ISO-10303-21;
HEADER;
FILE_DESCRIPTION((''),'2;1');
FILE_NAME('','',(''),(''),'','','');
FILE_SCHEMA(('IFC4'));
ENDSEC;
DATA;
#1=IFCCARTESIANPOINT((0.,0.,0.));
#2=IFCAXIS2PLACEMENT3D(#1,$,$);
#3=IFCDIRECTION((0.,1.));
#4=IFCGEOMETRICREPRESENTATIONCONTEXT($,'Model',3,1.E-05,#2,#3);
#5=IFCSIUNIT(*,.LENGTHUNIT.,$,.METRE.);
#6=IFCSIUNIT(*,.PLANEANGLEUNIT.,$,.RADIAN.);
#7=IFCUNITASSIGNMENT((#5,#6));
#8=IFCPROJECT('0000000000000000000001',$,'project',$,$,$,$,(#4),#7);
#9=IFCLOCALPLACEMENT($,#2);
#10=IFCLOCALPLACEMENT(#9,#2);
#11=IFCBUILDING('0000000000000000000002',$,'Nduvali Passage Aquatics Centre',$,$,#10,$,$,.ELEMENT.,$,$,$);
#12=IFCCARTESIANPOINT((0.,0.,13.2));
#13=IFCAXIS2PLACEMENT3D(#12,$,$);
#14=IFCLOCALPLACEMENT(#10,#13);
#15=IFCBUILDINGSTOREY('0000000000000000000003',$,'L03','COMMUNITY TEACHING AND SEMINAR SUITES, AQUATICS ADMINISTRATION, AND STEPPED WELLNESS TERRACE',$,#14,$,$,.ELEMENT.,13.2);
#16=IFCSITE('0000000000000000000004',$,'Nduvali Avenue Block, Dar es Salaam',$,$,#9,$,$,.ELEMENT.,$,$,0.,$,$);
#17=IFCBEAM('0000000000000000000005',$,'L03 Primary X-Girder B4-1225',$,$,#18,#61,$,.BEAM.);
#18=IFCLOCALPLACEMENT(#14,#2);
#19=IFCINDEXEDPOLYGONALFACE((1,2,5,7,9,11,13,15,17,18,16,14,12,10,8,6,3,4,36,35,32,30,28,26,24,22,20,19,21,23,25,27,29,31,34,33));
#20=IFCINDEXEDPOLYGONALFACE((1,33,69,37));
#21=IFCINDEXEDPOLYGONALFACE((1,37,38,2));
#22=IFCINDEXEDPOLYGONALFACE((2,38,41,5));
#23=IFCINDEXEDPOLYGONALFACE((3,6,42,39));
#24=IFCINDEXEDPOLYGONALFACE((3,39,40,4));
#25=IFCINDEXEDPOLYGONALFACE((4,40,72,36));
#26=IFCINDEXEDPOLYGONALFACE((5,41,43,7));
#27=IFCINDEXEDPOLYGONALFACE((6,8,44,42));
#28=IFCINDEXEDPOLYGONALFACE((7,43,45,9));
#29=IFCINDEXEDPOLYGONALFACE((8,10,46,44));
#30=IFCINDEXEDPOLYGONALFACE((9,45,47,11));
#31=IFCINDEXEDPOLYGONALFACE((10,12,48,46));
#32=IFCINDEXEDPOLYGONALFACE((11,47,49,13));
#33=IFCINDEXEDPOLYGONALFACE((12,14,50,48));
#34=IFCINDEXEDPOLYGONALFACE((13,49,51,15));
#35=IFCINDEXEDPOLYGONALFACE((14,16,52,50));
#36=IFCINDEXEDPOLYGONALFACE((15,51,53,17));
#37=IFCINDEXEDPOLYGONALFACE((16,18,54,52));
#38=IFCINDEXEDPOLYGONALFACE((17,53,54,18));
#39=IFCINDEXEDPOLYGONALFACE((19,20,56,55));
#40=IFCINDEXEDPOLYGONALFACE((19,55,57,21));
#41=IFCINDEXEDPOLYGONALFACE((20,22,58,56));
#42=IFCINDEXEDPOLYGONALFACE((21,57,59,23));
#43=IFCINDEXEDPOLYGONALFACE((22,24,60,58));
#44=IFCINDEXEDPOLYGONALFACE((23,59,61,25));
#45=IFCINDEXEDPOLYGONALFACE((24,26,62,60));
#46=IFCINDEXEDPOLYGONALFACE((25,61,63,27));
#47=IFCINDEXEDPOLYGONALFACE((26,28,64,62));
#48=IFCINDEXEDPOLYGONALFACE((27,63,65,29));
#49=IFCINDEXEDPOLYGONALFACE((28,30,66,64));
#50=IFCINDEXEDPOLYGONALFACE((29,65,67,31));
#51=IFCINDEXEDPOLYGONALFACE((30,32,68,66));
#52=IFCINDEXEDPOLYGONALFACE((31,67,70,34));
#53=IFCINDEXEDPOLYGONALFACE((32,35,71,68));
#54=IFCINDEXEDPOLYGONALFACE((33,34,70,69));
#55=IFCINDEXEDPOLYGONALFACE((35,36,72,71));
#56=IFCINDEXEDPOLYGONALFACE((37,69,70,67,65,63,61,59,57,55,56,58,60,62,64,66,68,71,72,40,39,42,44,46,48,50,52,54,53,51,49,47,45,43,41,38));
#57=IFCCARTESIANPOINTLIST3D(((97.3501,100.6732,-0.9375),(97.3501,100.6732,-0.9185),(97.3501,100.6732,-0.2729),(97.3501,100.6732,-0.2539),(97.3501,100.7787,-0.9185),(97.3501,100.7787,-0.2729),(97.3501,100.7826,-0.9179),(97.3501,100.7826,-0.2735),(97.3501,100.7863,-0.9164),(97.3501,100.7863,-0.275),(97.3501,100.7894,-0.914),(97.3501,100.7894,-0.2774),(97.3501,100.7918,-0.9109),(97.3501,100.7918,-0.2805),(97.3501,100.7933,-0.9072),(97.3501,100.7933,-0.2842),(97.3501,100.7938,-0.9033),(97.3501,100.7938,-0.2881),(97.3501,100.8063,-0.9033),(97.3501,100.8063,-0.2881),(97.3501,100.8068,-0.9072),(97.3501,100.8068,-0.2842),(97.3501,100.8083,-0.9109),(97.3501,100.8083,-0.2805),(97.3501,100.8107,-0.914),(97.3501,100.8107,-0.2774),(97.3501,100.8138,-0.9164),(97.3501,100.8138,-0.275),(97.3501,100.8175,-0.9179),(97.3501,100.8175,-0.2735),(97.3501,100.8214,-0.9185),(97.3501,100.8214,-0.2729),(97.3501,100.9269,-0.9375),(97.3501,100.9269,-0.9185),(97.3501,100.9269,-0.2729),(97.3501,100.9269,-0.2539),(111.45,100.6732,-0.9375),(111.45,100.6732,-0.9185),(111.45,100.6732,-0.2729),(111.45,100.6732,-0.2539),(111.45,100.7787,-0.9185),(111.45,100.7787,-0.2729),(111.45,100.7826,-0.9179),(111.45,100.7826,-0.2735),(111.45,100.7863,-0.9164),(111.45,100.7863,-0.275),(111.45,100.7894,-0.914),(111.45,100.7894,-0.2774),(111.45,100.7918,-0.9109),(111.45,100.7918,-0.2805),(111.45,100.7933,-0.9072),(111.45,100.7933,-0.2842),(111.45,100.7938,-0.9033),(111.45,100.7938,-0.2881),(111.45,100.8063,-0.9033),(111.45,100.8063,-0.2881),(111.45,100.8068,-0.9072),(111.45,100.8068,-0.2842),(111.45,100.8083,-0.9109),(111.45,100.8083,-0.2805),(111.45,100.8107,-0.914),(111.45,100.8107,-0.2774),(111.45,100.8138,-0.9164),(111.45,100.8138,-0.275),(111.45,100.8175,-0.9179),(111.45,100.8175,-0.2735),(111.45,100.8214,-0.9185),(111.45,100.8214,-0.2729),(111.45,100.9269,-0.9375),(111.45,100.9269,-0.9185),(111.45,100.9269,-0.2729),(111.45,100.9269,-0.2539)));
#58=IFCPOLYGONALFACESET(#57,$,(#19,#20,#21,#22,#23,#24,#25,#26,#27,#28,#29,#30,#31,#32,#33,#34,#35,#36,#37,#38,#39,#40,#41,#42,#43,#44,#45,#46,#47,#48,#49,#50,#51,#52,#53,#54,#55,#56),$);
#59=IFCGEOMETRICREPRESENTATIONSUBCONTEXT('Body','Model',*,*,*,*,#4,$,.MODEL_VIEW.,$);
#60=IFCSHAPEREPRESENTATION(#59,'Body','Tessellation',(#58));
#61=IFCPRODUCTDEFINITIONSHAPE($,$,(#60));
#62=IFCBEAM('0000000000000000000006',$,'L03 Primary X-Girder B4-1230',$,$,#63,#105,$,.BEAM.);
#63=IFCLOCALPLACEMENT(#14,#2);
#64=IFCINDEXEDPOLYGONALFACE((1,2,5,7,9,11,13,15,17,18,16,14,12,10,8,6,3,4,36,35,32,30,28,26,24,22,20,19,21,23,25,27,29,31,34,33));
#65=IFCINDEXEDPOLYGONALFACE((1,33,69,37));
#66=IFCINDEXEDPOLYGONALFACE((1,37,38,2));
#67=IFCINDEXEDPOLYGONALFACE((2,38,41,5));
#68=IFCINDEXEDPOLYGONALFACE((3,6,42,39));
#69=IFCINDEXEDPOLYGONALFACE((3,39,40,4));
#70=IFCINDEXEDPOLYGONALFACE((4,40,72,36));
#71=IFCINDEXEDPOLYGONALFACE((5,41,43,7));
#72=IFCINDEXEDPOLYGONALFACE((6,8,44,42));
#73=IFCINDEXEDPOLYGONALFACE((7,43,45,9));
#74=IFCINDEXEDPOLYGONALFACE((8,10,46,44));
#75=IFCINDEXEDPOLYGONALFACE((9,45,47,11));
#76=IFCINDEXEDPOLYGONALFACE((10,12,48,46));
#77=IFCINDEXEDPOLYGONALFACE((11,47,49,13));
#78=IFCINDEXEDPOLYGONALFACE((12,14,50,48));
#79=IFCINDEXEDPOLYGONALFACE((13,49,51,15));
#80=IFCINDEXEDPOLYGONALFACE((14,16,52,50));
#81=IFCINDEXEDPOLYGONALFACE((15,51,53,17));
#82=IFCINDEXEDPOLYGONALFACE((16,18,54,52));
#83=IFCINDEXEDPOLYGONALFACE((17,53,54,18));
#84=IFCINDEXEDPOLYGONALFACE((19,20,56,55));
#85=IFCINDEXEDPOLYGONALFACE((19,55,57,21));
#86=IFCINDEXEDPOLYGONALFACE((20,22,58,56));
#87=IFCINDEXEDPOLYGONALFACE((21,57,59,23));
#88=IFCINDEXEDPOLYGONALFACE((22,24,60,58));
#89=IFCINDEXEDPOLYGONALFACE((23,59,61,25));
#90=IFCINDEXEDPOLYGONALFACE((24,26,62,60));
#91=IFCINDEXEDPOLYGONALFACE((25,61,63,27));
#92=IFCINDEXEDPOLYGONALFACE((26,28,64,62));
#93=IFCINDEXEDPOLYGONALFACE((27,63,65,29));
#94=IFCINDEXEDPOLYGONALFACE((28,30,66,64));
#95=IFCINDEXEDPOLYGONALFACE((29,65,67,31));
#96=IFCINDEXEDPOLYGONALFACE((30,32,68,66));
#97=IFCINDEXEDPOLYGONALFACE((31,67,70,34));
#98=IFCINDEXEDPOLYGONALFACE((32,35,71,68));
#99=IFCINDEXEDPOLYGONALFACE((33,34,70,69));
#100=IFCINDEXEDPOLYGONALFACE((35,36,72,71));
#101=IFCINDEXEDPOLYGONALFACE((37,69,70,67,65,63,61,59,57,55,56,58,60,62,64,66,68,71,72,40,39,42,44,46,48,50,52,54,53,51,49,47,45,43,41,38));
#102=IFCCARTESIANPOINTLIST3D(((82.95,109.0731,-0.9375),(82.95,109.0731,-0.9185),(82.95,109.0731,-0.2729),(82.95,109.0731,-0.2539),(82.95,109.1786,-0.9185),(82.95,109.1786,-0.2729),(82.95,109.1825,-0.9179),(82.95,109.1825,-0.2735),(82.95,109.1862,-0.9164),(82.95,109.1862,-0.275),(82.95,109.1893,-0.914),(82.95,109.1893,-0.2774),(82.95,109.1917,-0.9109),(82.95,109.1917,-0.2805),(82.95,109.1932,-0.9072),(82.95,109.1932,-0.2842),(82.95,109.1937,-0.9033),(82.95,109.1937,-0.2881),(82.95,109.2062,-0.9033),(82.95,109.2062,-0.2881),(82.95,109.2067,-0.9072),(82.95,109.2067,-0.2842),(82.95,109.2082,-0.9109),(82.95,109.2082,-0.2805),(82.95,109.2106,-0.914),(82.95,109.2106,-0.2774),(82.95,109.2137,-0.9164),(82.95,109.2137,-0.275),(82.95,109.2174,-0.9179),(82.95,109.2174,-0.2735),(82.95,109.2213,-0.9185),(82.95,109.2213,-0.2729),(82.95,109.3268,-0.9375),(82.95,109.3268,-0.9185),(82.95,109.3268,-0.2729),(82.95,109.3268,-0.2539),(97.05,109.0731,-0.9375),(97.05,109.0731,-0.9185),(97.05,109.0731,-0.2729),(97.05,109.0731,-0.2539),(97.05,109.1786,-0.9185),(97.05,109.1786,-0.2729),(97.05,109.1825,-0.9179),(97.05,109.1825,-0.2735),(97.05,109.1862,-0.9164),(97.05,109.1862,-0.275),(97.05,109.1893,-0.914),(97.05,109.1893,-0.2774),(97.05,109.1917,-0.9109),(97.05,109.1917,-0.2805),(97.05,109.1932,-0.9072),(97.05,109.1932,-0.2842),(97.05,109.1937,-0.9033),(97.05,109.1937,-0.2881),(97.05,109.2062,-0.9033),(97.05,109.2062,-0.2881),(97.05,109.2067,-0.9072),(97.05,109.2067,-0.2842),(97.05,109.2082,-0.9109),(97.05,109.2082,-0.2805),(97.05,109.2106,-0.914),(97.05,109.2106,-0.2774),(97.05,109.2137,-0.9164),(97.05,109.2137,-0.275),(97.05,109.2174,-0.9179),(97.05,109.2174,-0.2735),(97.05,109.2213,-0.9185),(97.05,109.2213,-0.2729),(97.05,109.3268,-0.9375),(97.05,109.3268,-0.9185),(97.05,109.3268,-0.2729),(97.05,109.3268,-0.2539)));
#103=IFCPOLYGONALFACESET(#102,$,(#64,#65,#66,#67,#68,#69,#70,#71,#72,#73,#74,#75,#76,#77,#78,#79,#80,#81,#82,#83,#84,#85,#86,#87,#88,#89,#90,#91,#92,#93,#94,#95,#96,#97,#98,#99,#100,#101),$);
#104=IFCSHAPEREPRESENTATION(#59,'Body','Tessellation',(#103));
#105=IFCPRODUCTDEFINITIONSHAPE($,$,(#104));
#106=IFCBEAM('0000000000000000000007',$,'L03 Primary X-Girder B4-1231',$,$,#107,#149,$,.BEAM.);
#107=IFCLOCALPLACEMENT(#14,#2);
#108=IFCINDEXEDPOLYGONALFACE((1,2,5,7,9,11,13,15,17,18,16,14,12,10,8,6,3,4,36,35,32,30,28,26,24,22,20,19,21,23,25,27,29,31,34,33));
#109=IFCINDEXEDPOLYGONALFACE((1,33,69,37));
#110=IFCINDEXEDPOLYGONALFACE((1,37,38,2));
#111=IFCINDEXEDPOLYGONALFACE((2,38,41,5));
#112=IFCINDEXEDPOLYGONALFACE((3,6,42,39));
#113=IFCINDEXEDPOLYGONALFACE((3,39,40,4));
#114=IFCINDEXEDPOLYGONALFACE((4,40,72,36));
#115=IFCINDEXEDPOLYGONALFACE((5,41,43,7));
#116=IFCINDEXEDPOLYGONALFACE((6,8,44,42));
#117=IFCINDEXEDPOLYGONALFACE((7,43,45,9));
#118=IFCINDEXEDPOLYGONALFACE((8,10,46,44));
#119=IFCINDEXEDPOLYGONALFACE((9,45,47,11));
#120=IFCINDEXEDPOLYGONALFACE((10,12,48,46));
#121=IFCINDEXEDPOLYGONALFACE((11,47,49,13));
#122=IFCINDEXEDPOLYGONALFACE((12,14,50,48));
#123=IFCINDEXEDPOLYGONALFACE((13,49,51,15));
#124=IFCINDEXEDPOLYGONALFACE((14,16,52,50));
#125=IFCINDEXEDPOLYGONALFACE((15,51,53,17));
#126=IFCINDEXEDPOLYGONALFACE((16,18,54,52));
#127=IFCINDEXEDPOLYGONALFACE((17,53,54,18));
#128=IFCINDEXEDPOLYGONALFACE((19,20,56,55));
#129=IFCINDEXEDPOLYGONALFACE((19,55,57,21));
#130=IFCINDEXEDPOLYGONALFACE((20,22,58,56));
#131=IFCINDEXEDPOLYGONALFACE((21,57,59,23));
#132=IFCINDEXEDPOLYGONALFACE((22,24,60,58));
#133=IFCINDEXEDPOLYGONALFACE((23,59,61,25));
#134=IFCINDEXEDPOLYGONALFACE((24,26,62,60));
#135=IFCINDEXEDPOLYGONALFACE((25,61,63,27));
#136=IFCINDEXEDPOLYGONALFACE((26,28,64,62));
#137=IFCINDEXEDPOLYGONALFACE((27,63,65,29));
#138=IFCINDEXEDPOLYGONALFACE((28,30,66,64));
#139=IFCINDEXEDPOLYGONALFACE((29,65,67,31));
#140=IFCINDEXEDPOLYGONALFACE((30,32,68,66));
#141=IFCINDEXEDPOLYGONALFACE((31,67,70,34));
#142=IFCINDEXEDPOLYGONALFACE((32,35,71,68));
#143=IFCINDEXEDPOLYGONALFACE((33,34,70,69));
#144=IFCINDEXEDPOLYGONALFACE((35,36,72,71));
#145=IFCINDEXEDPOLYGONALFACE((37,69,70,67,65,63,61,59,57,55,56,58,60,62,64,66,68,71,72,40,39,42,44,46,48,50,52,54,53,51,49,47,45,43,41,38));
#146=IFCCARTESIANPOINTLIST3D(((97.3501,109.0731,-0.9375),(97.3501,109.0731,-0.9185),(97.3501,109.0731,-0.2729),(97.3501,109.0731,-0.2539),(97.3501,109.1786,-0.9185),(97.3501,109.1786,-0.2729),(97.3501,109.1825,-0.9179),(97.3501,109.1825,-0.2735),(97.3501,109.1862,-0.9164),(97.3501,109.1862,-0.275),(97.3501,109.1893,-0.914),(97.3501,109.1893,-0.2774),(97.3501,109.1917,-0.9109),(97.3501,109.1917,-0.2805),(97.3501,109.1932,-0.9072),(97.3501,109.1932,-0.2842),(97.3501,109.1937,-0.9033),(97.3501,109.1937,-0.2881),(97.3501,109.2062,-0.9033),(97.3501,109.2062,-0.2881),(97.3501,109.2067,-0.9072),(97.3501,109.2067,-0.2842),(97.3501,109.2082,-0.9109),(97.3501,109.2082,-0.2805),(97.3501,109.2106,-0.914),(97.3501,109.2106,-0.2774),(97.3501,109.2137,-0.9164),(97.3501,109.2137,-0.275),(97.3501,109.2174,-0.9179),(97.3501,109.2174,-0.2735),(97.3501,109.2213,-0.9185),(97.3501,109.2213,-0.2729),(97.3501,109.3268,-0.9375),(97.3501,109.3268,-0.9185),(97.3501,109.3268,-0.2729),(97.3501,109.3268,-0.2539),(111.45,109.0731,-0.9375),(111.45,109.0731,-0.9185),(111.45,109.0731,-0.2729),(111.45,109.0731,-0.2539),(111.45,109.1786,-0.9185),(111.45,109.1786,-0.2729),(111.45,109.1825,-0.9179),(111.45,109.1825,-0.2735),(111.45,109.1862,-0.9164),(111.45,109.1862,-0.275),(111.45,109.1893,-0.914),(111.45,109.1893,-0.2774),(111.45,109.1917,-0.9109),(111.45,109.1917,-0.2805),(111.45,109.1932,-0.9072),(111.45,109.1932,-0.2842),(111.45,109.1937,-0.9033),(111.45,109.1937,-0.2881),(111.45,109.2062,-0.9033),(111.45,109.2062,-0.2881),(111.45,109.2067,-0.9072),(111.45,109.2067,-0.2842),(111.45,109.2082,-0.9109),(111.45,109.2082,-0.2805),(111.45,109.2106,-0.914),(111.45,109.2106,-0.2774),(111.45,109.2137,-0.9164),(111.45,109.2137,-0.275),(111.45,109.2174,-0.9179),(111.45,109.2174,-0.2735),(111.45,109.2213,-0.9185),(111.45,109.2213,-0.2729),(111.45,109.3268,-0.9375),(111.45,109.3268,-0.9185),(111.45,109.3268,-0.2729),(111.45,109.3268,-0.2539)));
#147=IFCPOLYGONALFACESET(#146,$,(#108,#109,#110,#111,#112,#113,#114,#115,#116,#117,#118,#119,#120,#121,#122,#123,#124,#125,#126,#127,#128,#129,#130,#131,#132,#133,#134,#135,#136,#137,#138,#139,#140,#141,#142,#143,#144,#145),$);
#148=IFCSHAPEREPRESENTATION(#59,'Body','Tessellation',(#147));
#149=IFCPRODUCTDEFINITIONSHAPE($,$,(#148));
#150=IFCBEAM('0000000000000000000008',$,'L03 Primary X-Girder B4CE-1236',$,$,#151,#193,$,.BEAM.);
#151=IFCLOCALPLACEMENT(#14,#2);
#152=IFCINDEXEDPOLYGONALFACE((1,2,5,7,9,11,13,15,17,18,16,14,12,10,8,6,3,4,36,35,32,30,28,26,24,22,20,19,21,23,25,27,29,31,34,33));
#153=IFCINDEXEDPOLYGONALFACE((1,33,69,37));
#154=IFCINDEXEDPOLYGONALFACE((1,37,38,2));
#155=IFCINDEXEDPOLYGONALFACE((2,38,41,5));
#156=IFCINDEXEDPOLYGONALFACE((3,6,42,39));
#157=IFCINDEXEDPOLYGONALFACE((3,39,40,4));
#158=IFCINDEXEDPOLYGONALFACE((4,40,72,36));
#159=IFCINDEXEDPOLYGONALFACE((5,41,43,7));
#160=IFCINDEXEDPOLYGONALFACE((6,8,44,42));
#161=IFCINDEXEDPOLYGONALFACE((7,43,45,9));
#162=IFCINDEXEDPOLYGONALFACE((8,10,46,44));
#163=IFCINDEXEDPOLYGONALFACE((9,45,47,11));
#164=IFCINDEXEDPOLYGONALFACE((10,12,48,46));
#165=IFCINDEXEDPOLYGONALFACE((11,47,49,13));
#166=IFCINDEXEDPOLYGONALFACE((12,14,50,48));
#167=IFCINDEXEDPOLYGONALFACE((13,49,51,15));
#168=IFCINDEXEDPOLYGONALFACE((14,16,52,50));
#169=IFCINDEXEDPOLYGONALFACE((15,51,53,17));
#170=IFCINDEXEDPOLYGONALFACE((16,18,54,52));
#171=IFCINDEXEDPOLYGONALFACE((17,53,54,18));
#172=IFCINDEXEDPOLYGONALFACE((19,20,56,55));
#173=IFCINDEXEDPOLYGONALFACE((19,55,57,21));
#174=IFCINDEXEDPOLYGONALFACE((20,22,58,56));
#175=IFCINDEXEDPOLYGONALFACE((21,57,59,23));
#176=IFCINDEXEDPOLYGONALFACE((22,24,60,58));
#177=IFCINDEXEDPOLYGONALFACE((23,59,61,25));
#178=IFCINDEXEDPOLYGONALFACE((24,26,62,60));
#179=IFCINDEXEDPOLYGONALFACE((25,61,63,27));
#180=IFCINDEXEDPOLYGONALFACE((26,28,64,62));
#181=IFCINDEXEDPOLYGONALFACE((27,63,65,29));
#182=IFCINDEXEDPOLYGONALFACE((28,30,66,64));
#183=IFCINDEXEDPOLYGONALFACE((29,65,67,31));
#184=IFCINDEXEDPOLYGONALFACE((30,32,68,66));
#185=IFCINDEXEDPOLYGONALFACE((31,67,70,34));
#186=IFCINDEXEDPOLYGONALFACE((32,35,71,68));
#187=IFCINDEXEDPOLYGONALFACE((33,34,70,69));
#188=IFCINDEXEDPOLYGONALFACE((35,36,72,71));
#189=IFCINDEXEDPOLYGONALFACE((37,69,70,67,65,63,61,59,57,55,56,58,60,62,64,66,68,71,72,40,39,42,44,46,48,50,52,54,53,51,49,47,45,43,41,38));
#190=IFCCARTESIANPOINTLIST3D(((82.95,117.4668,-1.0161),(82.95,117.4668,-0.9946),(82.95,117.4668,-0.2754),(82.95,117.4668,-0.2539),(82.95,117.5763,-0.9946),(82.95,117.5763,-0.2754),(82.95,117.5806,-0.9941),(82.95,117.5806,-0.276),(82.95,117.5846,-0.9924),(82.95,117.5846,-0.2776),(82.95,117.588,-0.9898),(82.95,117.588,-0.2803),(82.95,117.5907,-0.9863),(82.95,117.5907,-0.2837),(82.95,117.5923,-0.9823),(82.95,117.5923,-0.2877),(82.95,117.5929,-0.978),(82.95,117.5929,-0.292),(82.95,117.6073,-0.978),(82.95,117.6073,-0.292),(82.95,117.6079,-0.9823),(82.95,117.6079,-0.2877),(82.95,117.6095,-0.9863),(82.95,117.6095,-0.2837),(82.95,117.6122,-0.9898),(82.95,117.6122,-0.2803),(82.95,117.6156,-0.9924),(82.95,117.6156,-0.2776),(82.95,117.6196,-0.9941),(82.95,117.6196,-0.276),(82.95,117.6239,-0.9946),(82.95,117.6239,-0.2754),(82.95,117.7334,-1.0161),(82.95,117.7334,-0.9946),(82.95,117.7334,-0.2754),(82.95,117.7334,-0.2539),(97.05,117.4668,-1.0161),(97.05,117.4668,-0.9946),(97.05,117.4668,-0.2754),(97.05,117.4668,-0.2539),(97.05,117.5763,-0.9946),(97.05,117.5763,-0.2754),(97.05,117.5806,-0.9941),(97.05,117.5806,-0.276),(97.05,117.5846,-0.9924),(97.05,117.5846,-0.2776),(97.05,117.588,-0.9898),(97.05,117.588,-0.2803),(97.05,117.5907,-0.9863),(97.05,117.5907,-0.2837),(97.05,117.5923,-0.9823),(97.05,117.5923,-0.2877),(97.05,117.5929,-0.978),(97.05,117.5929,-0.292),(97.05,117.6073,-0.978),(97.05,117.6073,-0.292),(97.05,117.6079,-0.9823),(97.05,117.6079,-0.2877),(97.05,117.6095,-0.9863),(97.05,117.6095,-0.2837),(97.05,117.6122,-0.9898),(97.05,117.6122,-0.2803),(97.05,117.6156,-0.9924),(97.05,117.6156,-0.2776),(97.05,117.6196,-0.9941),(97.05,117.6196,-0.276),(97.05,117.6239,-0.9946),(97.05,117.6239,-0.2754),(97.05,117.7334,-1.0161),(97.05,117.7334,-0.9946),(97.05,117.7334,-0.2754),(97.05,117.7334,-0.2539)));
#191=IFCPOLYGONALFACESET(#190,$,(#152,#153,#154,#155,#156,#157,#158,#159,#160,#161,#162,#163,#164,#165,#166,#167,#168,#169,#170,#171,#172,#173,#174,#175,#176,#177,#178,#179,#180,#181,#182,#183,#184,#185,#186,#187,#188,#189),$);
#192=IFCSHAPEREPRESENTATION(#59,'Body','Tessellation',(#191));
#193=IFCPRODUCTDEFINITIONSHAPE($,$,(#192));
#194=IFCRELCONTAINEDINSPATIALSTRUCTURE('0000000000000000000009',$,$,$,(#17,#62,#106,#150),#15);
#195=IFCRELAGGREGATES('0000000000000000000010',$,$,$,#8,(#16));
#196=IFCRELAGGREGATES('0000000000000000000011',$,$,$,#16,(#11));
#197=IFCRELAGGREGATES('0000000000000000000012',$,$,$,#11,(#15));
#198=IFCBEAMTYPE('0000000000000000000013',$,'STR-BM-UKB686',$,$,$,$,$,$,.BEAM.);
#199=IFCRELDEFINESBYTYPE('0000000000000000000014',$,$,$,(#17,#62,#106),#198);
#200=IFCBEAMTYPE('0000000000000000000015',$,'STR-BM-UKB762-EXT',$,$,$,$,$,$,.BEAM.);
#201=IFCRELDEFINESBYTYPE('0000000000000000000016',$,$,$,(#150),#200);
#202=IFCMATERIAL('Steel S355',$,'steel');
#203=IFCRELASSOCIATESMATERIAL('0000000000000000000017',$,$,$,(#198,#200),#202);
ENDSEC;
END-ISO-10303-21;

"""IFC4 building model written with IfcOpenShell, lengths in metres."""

from ifc_helpers import new_model, si_unit, direction, frame, origin, origin_2d, place, context, subcontext, project, spatial, i_section, extrude, material, material_profile, profile_set, type_object, element, save


model = new_model("IFC4")

# Units and contexts
model_context = context("Model", 3, precision=1e-05, world=origin(), true_north=direction((0.0, 1.0)))
body_context = subcontext(model_context, "Body", "Model", "MODEL_VIEW")
ifc_project = project(units=[si_unit("LENGTHUNIT", "METRE"), si_unit("PLANEANGLEUNIT", "RADIAN")], contexts=[model_context])

# Site, building, storey
site_placement = place(None, origin())
site = spatial("IfcSite", under=ifc_project, at=site_placement, Name="Nduvali Avenue Block, Dar es Salaam", CompositionType="ELEMENT", RefElevation=0.0)
building_placement = place(site_placement, origin())
building = spatial("IfcBuilding", under=site, at=building_placement, Name="Nduvali Passage Aquatics Centre", CompositionType="ELEMENT")
storey_placement = place(building_placement, frame((0.0, 0.0, 13.2)))
storey = spatial("IfcBuildingStorey", under=building, at=storey_placement, Name="L03", Description="COMMUNITY TEACHING AND SEMINAR SUITES, AQUATICS ADMINISTRATION, AND STEPPED WELLNESS TERRACE", CompositionType="ELEMENT", Elevation=13.2)

# Shared definitions
ifc_material_1 = material(Name="Steel S355", Category="steel")

# Beams
ifc_material_profile_1 = material_profile(ifc_material_1, i_section(OverallWidth=0.2537, OverallDepth=0.6836, WebThickness=0.0125, FlangeThickness=0.019, FilletRadius=0.0151, at=origin_2d()), Name="UKB 686x254x140")
ifc_profile_set_1 = profile_set([ifc_material_profile_1], Name="Steel S355")
beam_type_1 = type_object("IfcBeamType", Name="STR-BM-UKB686", PredefinedType="BEAM", material=ifc_profile_set_1)
beam_1_placement = place(storey_placement, frame((97.3501, 100.8, -0.5957), z_axis=(1.0, 0.0, 0.0), x_axis=(0.0, 1.0, 0.0)))
element("IfcBeam", 1, at=beam_1_placement, inside=storey, type_object=beam_type_1, Name="L03 Primary X-Girder B4-1225", PredefinedType="BEAM", context=body_context, shape_type="SweptSolid", body=[
    extrude(i_section(OverallWidth=0.2537, OverallDepth=0.6836, WebThickness=0.0125, FlangeThickness=0.019, FilletRadius=0.0151, at=origin_2d()), origin(), (0.0, 0.0, 1.0), 14.0999),
])
beam_2_placement = place(storey_placement, frame((82.95, 109.2, -0.5957), z_axis=(1.0, 0.0, 0.0), x_axis=(0.0, 1.0, 0.0)))
element("IfcBeam", 2, at=beam_2_placement, inside=storey, type_object=beam_type_1, Name="L03 Primary X-Girder B4-1230", PredefinedType="BEAM", context=body_context, shape_type="SweptSolid", body=[
    extrude(i_section(OverallWidth=0.2537, OverallDepth=0.6836, WebThickness=0.0125, FlangeThickness=0.019, FilletRadius=0.0151, at=origin_2d()), origin(), (0.0, 0.0, 1.0), 14.1001),
])
beam_3_placement = place(storey_placement, frame((97.3501, 109.2, -0.5957), z_axis=(1.0, 0.0, 0.0), x_axis=(0.0, 1.0, 0.0)))
element("IfcBeam", 3, at=beam_3_placement, inside=storey, type_object=beam_type_1, Name="L03 Primary X-Girder B4-1231", PredefinedType="BEAM", context=body_context, shape_type="SweptSolid", body=[
    extrude(i_section(OverallWidth=0.2537, OverallDepth=0.6836, WebThickness=0.0125, FlangeThickness=0.019, FilletRadius=0.0151, at=origin_2d()), origin(), (0.0, 0.0, 1.0), 14.0999),
])
ifc_material_profile_2 = material_profile(ifc_material_1, i_section(OverallWidth=0.2666, OverallDepth=0.7622, WebThickness=0.0144, FlangeThickness=0.0215, FilletRadius=0.0166, at=origin_2d()), Name="UKB 762x267x173")
ifc_profile_set_2 = profile_set([ifc_material_profile_2], Name="Steel S355")
beam_type_2 = type_object("IfcBeamType", Name="STR-BM-UKB762-EXT", PredefinedType="BEAM", material=ifc_profile_set_2)
beam_4_placement = place(storey_placement, frame((82.95, 117.6001, -0.635), z_axis=(1.0, 0.0, 0.0), x_axis=(0.0, 1.0, 0.0)))
element("IfcBeam", 4, at=beam_4_placement, inside=storey, type_object=beam_type_2, Name="L03 Primary X-Girder B4CE-1236", PredefinedType="BEAM", context=body_context, shape_type="SweptSolid", body=[
    extrude(i_section(OverallWidth=0.2666, OverallDepth=0.7622, WebThickness=0.0144, FlangeThickness=0.0215, FilletRadius=0.0166, at=origin_2d()), origin(), (0.0, 0.0, 1.0), 14.1001),
])

save(model, "model.ifc")
